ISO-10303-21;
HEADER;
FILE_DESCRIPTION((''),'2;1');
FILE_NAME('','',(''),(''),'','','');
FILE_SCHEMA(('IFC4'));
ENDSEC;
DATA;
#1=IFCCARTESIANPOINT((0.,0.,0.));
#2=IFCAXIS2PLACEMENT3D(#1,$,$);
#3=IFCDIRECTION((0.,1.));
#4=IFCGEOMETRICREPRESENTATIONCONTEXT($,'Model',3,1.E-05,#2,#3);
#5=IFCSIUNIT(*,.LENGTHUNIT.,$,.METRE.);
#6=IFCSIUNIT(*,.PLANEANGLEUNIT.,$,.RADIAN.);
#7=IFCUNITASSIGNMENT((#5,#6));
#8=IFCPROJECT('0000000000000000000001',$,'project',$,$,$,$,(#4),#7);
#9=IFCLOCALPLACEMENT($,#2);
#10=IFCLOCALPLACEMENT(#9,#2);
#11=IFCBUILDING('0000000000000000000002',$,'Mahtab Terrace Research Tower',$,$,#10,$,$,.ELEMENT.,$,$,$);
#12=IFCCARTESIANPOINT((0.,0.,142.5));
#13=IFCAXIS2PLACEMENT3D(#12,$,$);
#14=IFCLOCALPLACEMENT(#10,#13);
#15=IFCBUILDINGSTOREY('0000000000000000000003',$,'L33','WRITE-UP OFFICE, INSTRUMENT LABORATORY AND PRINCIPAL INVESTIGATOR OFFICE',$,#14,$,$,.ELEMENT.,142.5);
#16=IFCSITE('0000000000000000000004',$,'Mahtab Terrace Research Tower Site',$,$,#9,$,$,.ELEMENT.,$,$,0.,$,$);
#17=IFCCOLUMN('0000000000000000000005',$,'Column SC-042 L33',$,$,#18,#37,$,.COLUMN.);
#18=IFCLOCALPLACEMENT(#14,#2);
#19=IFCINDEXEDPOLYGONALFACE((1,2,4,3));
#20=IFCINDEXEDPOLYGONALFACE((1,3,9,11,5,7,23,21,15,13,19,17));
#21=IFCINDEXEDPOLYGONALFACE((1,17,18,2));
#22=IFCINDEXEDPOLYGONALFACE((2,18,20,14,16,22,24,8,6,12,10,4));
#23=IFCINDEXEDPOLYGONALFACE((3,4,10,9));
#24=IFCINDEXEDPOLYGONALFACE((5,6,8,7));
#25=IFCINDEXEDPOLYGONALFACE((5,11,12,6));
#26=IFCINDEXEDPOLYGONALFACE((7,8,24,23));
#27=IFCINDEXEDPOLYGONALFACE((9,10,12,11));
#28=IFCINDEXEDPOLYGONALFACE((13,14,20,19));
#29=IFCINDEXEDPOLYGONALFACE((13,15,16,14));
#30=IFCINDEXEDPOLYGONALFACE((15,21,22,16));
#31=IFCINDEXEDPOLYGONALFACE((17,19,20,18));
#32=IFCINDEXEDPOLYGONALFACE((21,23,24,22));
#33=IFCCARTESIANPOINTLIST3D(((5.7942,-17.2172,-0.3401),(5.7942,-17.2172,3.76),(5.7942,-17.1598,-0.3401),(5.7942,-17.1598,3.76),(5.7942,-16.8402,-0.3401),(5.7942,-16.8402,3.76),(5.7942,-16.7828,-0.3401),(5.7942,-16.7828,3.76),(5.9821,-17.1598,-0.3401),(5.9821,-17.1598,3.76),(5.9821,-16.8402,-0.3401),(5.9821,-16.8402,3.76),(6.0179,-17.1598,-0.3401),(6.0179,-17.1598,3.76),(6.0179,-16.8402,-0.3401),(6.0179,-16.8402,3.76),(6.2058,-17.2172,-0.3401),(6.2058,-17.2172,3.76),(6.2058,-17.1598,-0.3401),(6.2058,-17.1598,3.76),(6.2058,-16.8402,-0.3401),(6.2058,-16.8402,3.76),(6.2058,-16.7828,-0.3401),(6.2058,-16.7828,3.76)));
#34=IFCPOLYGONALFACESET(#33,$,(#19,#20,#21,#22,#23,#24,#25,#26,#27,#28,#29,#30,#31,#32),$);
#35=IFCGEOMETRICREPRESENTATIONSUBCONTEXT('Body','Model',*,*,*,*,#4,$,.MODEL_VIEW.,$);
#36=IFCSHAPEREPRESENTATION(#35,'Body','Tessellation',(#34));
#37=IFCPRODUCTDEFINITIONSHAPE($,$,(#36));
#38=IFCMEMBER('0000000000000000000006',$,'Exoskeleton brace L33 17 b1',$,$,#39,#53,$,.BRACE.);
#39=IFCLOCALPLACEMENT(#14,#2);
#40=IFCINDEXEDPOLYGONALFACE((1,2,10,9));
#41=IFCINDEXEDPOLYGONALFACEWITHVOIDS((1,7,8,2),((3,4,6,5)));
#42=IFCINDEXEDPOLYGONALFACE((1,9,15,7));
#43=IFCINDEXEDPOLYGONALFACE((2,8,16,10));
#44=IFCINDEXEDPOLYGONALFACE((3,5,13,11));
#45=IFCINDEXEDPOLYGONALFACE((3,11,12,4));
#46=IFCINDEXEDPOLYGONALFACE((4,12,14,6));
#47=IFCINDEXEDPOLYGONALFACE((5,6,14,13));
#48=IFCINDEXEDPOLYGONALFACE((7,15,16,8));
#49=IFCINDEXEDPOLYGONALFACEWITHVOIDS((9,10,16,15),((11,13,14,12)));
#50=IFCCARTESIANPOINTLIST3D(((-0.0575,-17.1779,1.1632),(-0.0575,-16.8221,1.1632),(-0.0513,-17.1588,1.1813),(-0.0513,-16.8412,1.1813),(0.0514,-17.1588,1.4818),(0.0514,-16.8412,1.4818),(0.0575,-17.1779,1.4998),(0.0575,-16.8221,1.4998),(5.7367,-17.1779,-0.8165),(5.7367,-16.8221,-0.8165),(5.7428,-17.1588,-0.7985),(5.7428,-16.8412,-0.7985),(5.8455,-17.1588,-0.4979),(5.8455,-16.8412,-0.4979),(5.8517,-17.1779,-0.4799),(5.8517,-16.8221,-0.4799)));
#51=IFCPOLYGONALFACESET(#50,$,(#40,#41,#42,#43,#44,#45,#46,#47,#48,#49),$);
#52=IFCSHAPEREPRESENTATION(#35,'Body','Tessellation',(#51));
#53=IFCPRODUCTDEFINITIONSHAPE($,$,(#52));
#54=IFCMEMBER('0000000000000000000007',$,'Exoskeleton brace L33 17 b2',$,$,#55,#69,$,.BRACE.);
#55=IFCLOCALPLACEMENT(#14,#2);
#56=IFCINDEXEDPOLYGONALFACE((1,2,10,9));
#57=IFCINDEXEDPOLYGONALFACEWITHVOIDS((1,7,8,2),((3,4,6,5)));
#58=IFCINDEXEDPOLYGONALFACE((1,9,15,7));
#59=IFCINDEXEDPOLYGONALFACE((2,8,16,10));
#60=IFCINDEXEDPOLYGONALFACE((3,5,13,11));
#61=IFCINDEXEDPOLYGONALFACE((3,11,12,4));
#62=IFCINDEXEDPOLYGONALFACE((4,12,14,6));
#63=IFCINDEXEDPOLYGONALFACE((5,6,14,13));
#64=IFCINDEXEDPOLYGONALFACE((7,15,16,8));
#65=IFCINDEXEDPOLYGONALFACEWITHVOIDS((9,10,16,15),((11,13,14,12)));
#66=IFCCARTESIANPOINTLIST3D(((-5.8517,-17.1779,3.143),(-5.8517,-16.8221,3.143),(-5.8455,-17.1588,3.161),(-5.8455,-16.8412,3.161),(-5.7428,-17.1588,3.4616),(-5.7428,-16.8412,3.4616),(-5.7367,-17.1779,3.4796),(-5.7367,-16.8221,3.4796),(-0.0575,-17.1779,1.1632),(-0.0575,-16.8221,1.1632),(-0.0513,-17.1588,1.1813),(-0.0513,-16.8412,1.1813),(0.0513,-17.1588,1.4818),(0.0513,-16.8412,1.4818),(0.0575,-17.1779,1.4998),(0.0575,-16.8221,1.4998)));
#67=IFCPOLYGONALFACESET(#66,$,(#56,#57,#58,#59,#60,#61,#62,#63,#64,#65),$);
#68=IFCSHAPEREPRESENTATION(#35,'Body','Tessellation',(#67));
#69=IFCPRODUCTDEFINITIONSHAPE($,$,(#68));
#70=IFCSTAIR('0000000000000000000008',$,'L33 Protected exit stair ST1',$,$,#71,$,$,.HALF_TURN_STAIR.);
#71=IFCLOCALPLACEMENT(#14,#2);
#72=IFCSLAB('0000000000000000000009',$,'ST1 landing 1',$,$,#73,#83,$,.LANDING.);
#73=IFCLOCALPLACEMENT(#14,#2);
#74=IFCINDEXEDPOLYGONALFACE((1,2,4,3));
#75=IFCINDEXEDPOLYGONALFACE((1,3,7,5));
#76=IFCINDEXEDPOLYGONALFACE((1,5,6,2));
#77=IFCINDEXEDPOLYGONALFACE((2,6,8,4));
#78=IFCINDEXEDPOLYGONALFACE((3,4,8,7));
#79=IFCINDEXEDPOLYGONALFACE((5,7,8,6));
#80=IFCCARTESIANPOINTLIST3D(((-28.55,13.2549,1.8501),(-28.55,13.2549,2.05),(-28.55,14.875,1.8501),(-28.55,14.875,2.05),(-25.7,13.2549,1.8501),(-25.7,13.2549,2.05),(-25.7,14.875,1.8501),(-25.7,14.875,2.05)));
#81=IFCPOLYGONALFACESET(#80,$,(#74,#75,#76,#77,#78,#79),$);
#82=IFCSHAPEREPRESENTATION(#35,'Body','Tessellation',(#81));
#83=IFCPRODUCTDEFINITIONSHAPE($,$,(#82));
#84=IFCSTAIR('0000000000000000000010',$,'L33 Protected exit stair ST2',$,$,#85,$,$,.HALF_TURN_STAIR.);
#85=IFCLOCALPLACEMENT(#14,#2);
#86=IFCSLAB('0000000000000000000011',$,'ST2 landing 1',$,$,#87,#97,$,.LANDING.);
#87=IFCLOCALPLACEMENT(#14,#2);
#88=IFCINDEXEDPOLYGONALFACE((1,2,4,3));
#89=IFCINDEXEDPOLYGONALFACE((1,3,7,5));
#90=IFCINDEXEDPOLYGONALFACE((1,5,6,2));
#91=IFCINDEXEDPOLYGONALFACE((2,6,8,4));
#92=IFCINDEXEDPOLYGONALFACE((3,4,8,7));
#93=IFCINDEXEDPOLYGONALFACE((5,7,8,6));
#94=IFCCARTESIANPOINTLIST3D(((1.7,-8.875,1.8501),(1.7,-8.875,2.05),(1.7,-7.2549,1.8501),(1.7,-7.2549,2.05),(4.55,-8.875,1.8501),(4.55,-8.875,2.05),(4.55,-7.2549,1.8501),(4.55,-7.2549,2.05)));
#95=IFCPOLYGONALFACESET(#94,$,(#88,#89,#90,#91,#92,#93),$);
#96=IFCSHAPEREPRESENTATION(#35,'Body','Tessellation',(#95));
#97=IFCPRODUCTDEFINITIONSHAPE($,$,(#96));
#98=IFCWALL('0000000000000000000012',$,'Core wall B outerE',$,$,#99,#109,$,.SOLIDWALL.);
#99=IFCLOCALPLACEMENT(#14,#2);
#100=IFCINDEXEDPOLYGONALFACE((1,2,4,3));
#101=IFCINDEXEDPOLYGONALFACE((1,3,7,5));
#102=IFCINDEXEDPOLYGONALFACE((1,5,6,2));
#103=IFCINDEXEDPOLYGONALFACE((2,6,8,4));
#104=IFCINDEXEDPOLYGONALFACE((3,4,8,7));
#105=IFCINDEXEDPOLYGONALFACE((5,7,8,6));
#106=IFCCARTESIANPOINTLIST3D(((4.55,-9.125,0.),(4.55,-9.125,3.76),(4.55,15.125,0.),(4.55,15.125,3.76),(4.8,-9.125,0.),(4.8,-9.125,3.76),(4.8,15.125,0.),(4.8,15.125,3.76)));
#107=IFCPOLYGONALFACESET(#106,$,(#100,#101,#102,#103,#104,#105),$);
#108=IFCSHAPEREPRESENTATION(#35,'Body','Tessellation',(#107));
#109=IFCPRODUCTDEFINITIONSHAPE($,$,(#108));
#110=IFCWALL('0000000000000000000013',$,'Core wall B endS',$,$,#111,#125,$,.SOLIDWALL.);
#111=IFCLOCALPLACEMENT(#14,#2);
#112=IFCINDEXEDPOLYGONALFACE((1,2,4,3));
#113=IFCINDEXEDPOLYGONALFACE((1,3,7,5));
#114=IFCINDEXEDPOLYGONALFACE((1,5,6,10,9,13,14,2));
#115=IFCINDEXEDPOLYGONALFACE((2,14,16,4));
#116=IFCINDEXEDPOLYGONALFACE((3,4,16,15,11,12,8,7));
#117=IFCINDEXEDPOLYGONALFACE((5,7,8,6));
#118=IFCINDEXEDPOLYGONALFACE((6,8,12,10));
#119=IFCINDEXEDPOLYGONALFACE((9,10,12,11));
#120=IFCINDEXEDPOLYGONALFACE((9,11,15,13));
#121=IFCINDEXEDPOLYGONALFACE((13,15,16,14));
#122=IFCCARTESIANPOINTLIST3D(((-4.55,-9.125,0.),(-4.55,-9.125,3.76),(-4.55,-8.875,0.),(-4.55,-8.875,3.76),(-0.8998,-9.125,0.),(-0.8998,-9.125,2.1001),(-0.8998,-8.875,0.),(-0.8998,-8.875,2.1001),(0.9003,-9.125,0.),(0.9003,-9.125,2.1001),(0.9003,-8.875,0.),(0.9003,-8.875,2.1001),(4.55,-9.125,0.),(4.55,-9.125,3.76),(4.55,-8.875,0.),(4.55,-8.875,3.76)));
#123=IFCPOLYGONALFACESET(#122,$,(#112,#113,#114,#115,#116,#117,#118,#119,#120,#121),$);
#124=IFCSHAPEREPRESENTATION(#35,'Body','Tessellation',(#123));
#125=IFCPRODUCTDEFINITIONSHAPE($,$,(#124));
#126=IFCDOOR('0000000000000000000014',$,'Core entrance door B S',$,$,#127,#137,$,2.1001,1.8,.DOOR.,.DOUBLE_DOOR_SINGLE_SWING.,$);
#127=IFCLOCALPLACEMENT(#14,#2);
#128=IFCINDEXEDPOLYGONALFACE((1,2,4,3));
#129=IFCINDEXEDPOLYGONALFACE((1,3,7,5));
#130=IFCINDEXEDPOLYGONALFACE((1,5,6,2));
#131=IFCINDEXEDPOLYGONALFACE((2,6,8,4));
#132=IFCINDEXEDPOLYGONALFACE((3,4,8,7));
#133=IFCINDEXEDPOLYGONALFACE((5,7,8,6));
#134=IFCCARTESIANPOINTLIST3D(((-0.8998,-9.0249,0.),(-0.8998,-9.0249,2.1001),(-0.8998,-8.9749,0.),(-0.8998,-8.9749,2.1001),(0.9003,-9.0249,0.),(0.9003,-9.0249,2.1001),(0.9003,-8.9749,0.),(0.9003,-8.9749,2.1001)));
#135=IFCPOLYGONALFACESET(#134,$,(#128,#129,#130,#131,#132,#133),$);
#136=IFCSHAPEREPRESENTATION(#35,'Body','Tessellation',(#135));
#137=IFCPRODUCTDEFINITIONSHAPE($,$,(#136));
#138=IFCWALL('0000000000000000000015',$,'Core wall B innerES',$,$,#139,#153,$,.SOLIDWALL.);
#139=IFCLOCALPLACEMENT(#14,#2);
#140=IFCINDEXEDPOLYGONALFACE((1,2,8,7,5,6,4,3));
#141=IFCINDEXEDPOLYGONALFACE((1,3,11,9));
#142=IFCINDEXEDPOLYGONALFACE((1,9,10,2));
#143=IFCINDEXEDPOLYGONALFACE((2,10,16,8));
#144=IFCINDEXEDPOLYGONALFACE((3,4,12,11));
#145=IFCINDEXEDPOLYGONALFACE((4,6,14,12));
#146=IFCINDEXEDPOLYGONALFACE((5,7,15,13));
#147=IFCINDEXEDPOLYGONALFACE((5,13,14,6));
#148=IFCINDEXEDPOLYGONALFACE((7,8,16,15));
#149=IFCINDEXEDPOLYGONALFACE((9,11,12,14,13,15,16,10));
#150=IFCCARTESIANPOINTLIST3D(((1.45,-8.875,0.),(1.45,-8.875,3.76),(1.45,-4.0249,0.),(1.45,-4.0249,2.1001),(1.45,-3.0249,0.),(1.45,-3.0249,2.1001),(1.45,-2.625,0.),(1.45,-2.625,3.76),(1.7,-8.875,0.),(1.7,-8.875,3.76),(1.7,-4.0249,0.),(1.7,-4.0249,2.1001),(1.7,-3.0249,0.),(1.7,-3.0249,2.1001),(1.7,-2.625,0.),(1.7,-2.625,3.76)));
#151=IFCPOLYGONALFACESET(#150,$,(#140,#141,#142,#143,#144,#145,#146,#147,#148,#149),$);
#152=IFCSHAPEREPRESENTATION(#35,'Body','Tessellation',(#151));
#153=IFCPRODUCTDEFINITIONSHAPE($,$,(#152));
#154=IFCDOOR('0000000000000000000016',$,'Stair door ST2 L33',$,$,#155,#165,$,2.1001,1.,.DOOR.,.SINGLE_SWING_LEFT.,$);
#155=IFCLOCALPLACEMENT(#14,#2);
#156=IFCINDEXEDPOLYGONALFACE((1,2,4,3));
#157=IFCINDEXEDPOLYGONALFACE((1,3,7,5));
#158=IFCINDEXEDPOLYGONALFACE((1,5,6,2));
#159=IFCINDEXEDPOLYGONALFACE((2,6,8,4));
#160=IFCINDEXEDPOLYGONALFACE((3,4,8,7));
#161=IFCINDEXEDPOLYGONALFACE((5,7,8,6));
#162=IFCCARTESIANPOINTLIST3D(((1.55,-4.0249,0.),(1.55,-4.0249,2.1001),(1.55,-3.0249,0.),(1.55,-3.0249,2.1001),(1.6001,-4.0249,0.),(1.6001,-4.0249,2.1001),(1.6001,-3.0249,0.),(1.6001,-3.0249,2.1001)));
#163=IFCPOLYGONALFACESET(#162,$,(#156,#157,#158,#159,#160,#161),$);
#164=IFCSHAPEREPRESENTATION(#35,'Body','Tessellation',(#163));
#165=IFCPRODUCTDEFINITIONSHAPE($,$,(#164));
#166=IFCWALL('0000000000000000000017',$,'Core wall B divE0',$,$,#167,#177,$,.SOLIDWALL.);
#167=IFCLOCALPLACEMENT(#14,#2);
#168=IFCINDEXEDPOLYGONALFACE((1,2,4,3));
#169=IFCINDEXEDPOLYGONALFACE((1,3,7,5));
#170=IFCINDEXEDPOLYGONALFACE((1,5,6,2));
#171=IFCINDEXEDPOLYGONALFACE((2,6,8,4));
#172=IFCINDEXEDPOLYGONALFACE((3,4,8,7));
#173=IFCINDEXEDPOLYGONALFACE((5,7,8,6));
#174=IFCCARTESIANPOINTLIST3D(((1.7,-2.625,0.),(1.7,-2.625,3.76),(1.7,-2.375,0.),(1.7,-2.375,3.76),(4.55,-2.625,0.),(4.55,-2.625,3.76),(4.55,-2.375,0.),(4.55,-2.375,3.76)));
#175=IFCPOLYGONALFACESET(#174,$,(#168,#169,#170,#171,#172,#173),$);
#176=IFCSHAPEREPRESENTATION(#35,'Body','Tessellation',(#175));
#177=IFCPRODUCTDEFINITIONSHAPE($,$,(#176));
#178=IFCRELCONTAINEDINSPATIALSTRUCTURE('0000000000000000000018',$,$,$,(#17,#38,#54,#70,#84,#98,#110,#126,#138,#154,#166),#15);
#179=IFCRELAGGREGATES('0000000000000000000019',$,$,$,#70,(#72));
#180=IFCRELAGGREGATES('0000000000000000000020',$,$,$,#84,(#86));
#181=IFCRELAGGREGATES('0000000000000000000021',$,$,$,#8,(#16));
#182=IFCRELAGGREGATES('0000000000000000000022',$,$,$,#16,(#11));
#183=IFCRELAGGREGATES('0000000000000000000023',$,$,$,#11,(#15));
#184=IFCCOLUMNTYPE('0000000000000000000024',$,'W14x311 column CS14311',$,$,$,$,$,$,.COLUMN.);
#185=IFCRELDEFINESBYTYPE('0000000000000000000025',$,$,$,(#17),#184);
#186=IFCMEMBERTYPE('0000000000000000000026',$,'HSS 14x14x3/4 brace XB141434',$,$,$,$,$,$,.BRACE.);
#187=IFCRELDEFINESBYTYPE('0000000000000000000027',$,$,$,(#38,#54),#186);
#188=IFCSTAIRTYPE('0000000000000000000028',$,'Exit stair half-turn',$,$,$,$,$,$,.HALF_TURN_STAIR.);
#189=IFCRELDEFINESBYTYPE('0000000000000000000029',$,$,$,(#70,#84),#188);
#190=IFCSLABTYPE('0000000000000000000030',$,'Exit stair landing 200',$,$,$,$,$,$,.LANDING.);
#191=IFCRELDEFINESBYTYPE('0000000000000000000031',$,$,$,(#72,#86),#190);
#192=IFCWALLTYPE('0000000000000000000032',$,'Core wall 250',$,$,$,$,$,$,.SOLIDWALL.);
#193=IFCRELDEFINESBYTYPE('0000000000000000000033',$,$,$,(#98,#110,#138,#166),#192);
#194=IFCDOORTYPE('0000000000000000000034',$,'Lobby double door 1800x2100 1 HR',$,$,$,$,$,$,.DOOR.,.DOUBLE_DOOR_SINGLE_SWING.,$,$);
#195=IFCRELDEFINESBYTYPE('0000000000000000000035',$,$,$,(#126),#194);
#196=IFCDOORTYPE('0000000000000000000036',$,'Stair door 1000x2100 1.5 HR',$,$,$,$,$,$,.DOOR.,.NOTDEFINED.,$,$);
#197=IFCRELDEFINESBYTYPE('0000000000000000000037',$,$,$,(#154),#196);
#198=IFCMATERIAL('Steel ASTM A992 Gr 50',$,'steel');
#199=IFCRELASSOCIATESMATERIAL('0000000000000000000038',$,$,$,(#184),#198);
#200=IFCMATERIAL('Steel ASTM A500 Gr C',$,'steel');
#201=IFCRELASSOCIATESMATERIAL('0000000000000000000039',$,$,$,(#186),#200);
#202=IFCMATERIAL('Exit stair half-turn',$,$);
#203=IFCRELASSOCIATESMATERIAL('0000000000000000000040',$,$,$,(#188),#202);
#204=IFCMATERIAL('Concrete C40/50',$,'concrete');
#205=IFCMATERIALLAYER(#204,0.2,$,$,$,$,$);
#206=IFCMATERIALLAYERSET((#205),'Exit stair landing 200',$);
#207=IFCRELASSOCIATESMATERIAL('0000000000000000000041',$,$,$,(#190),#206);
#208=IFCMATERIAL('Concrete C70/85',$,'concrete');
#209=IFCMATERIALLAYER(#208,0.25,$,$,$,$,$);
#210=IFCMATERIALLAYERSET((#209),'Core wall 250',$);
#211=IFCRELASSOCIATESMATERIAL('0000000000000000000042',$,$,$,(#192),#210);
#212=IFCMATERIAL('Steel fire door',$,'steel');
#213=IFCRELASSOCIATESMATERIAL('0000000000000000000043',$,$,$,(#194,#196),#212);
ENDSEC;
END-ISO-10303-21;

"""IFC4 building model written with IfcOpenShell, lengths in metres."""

from ifc_helpers import new_model, si_unit, direction, frame, frame_2d, origin, origin_2d, place, context, subcontext, project, spatial, polyline, rectangle, hollow_rectangle, i_section, outline, extrude, material, layer, layer_set, material_profile, profile_set, type_object, element, fill, aggregate, save


model = new_model("IFC4")

# Units and contexts
model_context = context("Model", 3, precision=1e-05, world=origin(), true_north=direction((0.0, 1.0)))
body_context = subcontext(model_context, "Body", "Model", "MODEL_VIEW")
ifc_project = project(units=[si_unit("LENGTHUNIT", "METRE"), si_unit("PLANEANGLEUNIT", "RADIAN")], contexts=[model_context])

# Site, building, storey
site_placement = place(None, origin())
site = spatial("IfcSite", under=ifc_project, at=site_placement, Name="Mahtab Terrace Research Tower Site", CompositionType="ELEMENT", RefElevation=0.0)
building_placement = place(site_placement, origin())
building = spatial("IfcBuilding", under=site, at=building_placement, Name="Mahtab Terrace Research Tower", CompositionType="ELEMENT")
storey_placement = place(building_placement, frame((0.0, 0.0, 142.5)))
storey = spatial("IfcBuildingStorey", under=building, at=storey_placement, Name="L33", Description="WRITE-UP OFFICE, INSTRUMENT LABORATORY AND PRINCIPAL INVESTIGATOR OFFICE", CompositionType="ELEMENT", Elevation=142.5)

# Column
ifc_material_1 = material(Name="Steel ASTM A992 Gr 50", Category="steel")
ifc_material_profile_1 = material_profile(ifc_material_1, i_section(OverallWidth=0.4116, OverallDepth=0.4343, WebThickness=0.0359, FlangeThickness=0.0574, at=origin_2d()), Name="W14X311")
ifc_profile_set_1 = profile_set([ifc_material_profile_1], Name="Steel ASTM A992 Gr 50")
column_type = type_object("IfcColumnType", Name="W14x311 column CS14311", PredefinedType="COLUMN", material=ifc_profile_set_1)
column_placement = place(storey_placement, frame((6.0, -17.0, -0.3401), z_axis=(0.0, 0.0, 1.0), x_axis=(1.0, 0.0, 0.0)))
element("IfcColumn", 1, at=column_placement, inside=storey, type_object=column_type, Name="Column SC-042 L33", PredefinedType="COLUMN", context=body_context, shape_type="SweptSolid", body=[
    extrude(i_section(OverallWidth=0.4116, OverallDepth=0.4343, WebThickness=0.0359, FlangeThickness=0.0574, at=origin_2d()), origin(), (0.0, 0.0, 1.0), 4.1001),
])

# Members
ifc_material_2 = material(Name="Steel ASTM A500 Gr C", Category="steel")
ifc_material_profile_2 = material_profile(ifc_material_2, hollow_rectangle(XDim=0.3557, YDim=0.3557, WallThickness=0.019, at=origin_2d()), Name="HSS14X14X3/4")
ifc_profile_set_2 = profile_set([ifc_material_profile_2], Name="Steel ASTM A500 Gr C")
member_type = type_object("IfcMemberType", Name="HSS 14x14x3/4 brace XB141434", PredefinedType="BRACE", material=ifc_profile_set_2)
for number, where, z_axis, x_axis, name in (
    (2, (5.7942, -17.0, -0.6482), (-0.946288, 0.0, 0.323324), (0.0, -1.0, 0.0), "Exoskeleton brace L33 17 b1"),
    (3, (0.0, -17.0, 1.3315), (-0.946288, 0.0, 0.323324), (0.0, -1.0, 0.0), "Exoskeleton brace L33 17 b2"),
):
    element("IfcMember", number, at=place(storey_placement, frame(where, z_axis=z_axis, x_axis=x_axis)), inside=storey, type_object=member_type, Name=name, PredefinedType="BRACE", context=body_context, shape_type="SweptSolid", body=[
        extrude(hollow_rectangle(XDim=0.3557, YDim=0.3557, WallThickness=0.019, at=origin_2d()), origin(), (0.0, 0.0, 1.0), 6.123),
    ])

# Stairs, slabs
ifc_material_3 = material(Name="Exit stair half-turn")
stair_type = type_object("IfcStairType", Name="Exit stair half-turn", PredefinedType="HALF_TURN_STAIR", material=ifc_material_3)
stair_1_placement = place(storey_placement, origin())
stair_1 = element("IfcStair", 4, at=stair_1_placement, inside=storey, type_object=stair_type, Name="L33 Protected exit stair ST1", PredefinedType="HALF_TURN_STAIR")
ifc_material_4 = material(Name="Concrete C40/50", Category="concrete")
ifc_layer_1 = layer(ifc_material_4, 0.2)
ifc_layer_set_1 = layer_set([ifc_layer_1], Name="Exit stair landing 200")
slab_type = type_object("IfcSlabType", Name="Exit stair landing 200", PredefinedType="LANDING", material=ifc_layer_set_1)
slab_1_placement = place(storey_placement, frame((0.0, 0.0, 1.8501)))
slab_1 = element("IfcSlab", 5, at=slab_1_placement, type_object=slab_type, Name="ST1 landing 1", PredefinedType="LANDING", context=body_context, shape_type="SweptSolid", body=[
    extrude(outline(polyline([(-25.7, 13.2549), (-25.7, 14.875), (-28.55, 14.875), (-28.55, 13.2549), (-25.7, 13.2549)])), origin(), (0.0, 0.0, 1.0), 0.2),
])
aggregate(stair_1, [slab_1])
stair_2_placement = place(storey_placement, origin())
stair_2 = element("IfcStair", 6, at=stair_2_placement, inside=storey, type_object=stair_type, Name="L33 Protected exit stair ST2", PredefinedType="HALF_TURN_STAIR")
slab_2_placement = place(storey_placement, frame((0.0, 0.0, 1.8501)))
slab_2 = element("IfcSlab", 7, at=slab_2_placement, type_object=slab_type, Name="ST2 landing 1", PredefinedType="LANDING", context=body_context, shape_type="SweptSolid", body=[
    extrude(outline(polyline([(1.7, -7.2549), (1.7, -8.875), (4.55, -8.875), (4.55, -7.2549), (1.7, -7.2549)])), origin(), (0.0, 0.0, 1.0), 0.2),
])

# Wall
ifc_material_5 = material(Name="Concrete C70/85", Category="concrete")
ifc_layer_2 = layer(ifc_material_5, 0.25)
ifc_layer_set_2 = layer_set([ifc_layer_2], Name="Core wall 250")
wall_type_1 = type_object("IfcWallType", Name="Core wall 250", PredefinedType="SOLIDWALL", material=ifc_layer_set_2)
wall_1_placement = place(storey_placement, frame((4.675, -9.125, 0.0), z_axis=(0.0, 0.0, 1.0), x_axis=(0.0, 1.0, 0.0)))
element("IfcWall", 8, at=wall_1_placement, inside=storey, type_object=wall_type_1, Name="Core wall B outerE", PredefinedType="SOLIDWALL", context=body_context, shape_type="SweptSolid", body=[
    extrude(rectangle(XDim=24.25, YDim=0.25, at=frame_2d((12.125, 0.0))), origin(), (0.0, 0.0, 1.0), 3.76),
])

# Walls, openings, doors
wall_2_placement = place(storey_placement, frame((4.55, -9.0, 0.0), z_axis=(0.0, 0.0, 1.0), x_axis=(-1.0, 0.0, 0.0)))
wall_2 = element("IfcWall", 9, at=wall_2_placement, inside=storey, type_object=wall_type_1, Name="Core wall B endS", PredefinedType="SOLIDWALL", context=body_context, shape_type="SweptSolid", body=[
    extrude(rectangle(XDim=9.1001, YDim=0.25, at=frame_2d((4.55, 0.0))), origin(), (0.0, 0.0, 1.0), 3.76),
])
opening_1_placement = place(wall_2_placement, frame((3.6499, 0.0, 0.0)))
opening_1 = element("IfcOpeningElement", 10, at=opening_1_placement, cuts=wall_2, PredefinedType="OPENING", context=body_context, shape_type="SweptSolid", body=[
    extrude(rectangle(XDim=1.8, YDim=2.1001, at=frame_2d((0.8999, 1.05))), frame((0.0, 0.135, 0.0), z_axis=(0.0, -1.0, 0.0), x_axis=(1.0, 0.0, 0.0)), (0.0, 0.0, 1.0), 0.27),
])
ifc_material_6 = material(Name="Steel fire door", Category="steel")
door_type_1 = type_object("IfcDoorType", Name="Lobby double door 1800x2100 1 HR", OperationType="DOUBLE_DOOR_SINGLE_SWING", PredefinedType="DOOR", material=ifc_material_6)
door_1_placement = place(opening_1_placement, origin())
door_1 = element("IfcDoor", 11, at=door_1_placement, inside=storey, type_object=door_type_1, Name="Core entrance door B S", OperationType="DOUBLE_DOOR_SINGLE_SWING", OverallHeight=2.1001, OverallWidth=1.8, PredefinedType="DOOR", context=body_context, shape_type="SweptSolid", body=[
    extrude(rectangle(XDim=1.8, YDim=2.1001, at=frame_2d((0.8999, 1.05))), frame((0.0, 0.0249, 0.0), z_axis=(0.0, -1.0, 0.0), x_axis=(1.0, 0.0, 0.0)), (0.0, 0.0, 1.0), 0.05),
])
fill(opening_1, door_1)
wall_3_placement = place(storey_placement, frame((1.575, -8.875, 0.0), z_axis=(0.0, 0.0, 1.0), x_axis=(0.0, 1.0, 0.0)))
wall_3 = element("IfcWall", 12, at=wall_3_placement, inside=storey, type_object=wall_type_1, Name="Core wall B innerES", PredefinedType="SOLIDWALL", context=body_context, shape_type="SweptSolid", body=[
    extrude(rectangle(XDim=6.25, YDim=0.25, at=frame_2d((3.125, 0.0))), origin(), (0.0, 0.0, 1.0), 3.76),
])
opening_2_placement = place(wall_3_placement, frame((4.8501, 0.0, 0.0)))
opening_2 = element("IfcOpeningElement", 13, at=opening_2_placement, cuts=wall_3, PredefinedType="OPENING", context=body_context, shape_type="SweptSolid", body=[
    extrude(rectangle(XDim=1.0, YDim=2.1001, at=frame_2d((0.5, 1.05))), frame((0.0, 0.135, 0.0), z_axis=(0.0, -1.0, 0.0), x_axis=(1.0, 0.0, 0.0)), (0.0, 0.0, 1.0), 0.27),
])
door_type_2 = type_object("IfcDoorType", Name="Stair door 1000x2100 1.5 HR", OperationType="NOTDEFINED", PredefinedType="DOOR", material=ifc_material_6)
door_2_placement = place(opening_2_placement, origin())
door_2 = element("IfcDoor", 14, at=door_2_placement, inside=storey, type_object=door_type_2, Name="Stair door ST2 L33", OperationType="SINGLE_SWING_LEFT", OverallHeight=2.1001, OverallWidth=1.0, PredefinedType="DOOR", context=body_context, shape_type="SweptSolid", body=[
    extrude(rectangle(XDim=1.0, YDim=2.1001, at=frame_2d((0.5, 1.05))), frame((0.0, 0.0249, 0.0), z_axis=(0.0, -1.0, 0.0), x_axis=(1.0, 0.0, 0.0)), (0.0, 0.0, 1.0), 0.05),
])
fill(opening_2, door_2)

# Wall
wall_4_placement = place(storey_placement, frame((1.7, -2.5, 0.0), z_axis=(0.0, 0.0, 1.0), x_axis=(1.0, 0.0, 0.0)))
element("IfcWall", 15, at=wall_4_placement, inside=storey, type_object=wall_type_1, Name="Core wall B divE0", PredefinedType="SOLIDWALL", context=body_context, shape_type="SweptSolid", body=[
    extrude(rectangle(XDim=2.8501, YDim=0.25, at=frame_2d((1.425, 0.0))), origin(), (0.0, 0.0, 1.0), 3.76),
])

aggregate(stair_2, [slab_2])

save(model, "model.ifc")
